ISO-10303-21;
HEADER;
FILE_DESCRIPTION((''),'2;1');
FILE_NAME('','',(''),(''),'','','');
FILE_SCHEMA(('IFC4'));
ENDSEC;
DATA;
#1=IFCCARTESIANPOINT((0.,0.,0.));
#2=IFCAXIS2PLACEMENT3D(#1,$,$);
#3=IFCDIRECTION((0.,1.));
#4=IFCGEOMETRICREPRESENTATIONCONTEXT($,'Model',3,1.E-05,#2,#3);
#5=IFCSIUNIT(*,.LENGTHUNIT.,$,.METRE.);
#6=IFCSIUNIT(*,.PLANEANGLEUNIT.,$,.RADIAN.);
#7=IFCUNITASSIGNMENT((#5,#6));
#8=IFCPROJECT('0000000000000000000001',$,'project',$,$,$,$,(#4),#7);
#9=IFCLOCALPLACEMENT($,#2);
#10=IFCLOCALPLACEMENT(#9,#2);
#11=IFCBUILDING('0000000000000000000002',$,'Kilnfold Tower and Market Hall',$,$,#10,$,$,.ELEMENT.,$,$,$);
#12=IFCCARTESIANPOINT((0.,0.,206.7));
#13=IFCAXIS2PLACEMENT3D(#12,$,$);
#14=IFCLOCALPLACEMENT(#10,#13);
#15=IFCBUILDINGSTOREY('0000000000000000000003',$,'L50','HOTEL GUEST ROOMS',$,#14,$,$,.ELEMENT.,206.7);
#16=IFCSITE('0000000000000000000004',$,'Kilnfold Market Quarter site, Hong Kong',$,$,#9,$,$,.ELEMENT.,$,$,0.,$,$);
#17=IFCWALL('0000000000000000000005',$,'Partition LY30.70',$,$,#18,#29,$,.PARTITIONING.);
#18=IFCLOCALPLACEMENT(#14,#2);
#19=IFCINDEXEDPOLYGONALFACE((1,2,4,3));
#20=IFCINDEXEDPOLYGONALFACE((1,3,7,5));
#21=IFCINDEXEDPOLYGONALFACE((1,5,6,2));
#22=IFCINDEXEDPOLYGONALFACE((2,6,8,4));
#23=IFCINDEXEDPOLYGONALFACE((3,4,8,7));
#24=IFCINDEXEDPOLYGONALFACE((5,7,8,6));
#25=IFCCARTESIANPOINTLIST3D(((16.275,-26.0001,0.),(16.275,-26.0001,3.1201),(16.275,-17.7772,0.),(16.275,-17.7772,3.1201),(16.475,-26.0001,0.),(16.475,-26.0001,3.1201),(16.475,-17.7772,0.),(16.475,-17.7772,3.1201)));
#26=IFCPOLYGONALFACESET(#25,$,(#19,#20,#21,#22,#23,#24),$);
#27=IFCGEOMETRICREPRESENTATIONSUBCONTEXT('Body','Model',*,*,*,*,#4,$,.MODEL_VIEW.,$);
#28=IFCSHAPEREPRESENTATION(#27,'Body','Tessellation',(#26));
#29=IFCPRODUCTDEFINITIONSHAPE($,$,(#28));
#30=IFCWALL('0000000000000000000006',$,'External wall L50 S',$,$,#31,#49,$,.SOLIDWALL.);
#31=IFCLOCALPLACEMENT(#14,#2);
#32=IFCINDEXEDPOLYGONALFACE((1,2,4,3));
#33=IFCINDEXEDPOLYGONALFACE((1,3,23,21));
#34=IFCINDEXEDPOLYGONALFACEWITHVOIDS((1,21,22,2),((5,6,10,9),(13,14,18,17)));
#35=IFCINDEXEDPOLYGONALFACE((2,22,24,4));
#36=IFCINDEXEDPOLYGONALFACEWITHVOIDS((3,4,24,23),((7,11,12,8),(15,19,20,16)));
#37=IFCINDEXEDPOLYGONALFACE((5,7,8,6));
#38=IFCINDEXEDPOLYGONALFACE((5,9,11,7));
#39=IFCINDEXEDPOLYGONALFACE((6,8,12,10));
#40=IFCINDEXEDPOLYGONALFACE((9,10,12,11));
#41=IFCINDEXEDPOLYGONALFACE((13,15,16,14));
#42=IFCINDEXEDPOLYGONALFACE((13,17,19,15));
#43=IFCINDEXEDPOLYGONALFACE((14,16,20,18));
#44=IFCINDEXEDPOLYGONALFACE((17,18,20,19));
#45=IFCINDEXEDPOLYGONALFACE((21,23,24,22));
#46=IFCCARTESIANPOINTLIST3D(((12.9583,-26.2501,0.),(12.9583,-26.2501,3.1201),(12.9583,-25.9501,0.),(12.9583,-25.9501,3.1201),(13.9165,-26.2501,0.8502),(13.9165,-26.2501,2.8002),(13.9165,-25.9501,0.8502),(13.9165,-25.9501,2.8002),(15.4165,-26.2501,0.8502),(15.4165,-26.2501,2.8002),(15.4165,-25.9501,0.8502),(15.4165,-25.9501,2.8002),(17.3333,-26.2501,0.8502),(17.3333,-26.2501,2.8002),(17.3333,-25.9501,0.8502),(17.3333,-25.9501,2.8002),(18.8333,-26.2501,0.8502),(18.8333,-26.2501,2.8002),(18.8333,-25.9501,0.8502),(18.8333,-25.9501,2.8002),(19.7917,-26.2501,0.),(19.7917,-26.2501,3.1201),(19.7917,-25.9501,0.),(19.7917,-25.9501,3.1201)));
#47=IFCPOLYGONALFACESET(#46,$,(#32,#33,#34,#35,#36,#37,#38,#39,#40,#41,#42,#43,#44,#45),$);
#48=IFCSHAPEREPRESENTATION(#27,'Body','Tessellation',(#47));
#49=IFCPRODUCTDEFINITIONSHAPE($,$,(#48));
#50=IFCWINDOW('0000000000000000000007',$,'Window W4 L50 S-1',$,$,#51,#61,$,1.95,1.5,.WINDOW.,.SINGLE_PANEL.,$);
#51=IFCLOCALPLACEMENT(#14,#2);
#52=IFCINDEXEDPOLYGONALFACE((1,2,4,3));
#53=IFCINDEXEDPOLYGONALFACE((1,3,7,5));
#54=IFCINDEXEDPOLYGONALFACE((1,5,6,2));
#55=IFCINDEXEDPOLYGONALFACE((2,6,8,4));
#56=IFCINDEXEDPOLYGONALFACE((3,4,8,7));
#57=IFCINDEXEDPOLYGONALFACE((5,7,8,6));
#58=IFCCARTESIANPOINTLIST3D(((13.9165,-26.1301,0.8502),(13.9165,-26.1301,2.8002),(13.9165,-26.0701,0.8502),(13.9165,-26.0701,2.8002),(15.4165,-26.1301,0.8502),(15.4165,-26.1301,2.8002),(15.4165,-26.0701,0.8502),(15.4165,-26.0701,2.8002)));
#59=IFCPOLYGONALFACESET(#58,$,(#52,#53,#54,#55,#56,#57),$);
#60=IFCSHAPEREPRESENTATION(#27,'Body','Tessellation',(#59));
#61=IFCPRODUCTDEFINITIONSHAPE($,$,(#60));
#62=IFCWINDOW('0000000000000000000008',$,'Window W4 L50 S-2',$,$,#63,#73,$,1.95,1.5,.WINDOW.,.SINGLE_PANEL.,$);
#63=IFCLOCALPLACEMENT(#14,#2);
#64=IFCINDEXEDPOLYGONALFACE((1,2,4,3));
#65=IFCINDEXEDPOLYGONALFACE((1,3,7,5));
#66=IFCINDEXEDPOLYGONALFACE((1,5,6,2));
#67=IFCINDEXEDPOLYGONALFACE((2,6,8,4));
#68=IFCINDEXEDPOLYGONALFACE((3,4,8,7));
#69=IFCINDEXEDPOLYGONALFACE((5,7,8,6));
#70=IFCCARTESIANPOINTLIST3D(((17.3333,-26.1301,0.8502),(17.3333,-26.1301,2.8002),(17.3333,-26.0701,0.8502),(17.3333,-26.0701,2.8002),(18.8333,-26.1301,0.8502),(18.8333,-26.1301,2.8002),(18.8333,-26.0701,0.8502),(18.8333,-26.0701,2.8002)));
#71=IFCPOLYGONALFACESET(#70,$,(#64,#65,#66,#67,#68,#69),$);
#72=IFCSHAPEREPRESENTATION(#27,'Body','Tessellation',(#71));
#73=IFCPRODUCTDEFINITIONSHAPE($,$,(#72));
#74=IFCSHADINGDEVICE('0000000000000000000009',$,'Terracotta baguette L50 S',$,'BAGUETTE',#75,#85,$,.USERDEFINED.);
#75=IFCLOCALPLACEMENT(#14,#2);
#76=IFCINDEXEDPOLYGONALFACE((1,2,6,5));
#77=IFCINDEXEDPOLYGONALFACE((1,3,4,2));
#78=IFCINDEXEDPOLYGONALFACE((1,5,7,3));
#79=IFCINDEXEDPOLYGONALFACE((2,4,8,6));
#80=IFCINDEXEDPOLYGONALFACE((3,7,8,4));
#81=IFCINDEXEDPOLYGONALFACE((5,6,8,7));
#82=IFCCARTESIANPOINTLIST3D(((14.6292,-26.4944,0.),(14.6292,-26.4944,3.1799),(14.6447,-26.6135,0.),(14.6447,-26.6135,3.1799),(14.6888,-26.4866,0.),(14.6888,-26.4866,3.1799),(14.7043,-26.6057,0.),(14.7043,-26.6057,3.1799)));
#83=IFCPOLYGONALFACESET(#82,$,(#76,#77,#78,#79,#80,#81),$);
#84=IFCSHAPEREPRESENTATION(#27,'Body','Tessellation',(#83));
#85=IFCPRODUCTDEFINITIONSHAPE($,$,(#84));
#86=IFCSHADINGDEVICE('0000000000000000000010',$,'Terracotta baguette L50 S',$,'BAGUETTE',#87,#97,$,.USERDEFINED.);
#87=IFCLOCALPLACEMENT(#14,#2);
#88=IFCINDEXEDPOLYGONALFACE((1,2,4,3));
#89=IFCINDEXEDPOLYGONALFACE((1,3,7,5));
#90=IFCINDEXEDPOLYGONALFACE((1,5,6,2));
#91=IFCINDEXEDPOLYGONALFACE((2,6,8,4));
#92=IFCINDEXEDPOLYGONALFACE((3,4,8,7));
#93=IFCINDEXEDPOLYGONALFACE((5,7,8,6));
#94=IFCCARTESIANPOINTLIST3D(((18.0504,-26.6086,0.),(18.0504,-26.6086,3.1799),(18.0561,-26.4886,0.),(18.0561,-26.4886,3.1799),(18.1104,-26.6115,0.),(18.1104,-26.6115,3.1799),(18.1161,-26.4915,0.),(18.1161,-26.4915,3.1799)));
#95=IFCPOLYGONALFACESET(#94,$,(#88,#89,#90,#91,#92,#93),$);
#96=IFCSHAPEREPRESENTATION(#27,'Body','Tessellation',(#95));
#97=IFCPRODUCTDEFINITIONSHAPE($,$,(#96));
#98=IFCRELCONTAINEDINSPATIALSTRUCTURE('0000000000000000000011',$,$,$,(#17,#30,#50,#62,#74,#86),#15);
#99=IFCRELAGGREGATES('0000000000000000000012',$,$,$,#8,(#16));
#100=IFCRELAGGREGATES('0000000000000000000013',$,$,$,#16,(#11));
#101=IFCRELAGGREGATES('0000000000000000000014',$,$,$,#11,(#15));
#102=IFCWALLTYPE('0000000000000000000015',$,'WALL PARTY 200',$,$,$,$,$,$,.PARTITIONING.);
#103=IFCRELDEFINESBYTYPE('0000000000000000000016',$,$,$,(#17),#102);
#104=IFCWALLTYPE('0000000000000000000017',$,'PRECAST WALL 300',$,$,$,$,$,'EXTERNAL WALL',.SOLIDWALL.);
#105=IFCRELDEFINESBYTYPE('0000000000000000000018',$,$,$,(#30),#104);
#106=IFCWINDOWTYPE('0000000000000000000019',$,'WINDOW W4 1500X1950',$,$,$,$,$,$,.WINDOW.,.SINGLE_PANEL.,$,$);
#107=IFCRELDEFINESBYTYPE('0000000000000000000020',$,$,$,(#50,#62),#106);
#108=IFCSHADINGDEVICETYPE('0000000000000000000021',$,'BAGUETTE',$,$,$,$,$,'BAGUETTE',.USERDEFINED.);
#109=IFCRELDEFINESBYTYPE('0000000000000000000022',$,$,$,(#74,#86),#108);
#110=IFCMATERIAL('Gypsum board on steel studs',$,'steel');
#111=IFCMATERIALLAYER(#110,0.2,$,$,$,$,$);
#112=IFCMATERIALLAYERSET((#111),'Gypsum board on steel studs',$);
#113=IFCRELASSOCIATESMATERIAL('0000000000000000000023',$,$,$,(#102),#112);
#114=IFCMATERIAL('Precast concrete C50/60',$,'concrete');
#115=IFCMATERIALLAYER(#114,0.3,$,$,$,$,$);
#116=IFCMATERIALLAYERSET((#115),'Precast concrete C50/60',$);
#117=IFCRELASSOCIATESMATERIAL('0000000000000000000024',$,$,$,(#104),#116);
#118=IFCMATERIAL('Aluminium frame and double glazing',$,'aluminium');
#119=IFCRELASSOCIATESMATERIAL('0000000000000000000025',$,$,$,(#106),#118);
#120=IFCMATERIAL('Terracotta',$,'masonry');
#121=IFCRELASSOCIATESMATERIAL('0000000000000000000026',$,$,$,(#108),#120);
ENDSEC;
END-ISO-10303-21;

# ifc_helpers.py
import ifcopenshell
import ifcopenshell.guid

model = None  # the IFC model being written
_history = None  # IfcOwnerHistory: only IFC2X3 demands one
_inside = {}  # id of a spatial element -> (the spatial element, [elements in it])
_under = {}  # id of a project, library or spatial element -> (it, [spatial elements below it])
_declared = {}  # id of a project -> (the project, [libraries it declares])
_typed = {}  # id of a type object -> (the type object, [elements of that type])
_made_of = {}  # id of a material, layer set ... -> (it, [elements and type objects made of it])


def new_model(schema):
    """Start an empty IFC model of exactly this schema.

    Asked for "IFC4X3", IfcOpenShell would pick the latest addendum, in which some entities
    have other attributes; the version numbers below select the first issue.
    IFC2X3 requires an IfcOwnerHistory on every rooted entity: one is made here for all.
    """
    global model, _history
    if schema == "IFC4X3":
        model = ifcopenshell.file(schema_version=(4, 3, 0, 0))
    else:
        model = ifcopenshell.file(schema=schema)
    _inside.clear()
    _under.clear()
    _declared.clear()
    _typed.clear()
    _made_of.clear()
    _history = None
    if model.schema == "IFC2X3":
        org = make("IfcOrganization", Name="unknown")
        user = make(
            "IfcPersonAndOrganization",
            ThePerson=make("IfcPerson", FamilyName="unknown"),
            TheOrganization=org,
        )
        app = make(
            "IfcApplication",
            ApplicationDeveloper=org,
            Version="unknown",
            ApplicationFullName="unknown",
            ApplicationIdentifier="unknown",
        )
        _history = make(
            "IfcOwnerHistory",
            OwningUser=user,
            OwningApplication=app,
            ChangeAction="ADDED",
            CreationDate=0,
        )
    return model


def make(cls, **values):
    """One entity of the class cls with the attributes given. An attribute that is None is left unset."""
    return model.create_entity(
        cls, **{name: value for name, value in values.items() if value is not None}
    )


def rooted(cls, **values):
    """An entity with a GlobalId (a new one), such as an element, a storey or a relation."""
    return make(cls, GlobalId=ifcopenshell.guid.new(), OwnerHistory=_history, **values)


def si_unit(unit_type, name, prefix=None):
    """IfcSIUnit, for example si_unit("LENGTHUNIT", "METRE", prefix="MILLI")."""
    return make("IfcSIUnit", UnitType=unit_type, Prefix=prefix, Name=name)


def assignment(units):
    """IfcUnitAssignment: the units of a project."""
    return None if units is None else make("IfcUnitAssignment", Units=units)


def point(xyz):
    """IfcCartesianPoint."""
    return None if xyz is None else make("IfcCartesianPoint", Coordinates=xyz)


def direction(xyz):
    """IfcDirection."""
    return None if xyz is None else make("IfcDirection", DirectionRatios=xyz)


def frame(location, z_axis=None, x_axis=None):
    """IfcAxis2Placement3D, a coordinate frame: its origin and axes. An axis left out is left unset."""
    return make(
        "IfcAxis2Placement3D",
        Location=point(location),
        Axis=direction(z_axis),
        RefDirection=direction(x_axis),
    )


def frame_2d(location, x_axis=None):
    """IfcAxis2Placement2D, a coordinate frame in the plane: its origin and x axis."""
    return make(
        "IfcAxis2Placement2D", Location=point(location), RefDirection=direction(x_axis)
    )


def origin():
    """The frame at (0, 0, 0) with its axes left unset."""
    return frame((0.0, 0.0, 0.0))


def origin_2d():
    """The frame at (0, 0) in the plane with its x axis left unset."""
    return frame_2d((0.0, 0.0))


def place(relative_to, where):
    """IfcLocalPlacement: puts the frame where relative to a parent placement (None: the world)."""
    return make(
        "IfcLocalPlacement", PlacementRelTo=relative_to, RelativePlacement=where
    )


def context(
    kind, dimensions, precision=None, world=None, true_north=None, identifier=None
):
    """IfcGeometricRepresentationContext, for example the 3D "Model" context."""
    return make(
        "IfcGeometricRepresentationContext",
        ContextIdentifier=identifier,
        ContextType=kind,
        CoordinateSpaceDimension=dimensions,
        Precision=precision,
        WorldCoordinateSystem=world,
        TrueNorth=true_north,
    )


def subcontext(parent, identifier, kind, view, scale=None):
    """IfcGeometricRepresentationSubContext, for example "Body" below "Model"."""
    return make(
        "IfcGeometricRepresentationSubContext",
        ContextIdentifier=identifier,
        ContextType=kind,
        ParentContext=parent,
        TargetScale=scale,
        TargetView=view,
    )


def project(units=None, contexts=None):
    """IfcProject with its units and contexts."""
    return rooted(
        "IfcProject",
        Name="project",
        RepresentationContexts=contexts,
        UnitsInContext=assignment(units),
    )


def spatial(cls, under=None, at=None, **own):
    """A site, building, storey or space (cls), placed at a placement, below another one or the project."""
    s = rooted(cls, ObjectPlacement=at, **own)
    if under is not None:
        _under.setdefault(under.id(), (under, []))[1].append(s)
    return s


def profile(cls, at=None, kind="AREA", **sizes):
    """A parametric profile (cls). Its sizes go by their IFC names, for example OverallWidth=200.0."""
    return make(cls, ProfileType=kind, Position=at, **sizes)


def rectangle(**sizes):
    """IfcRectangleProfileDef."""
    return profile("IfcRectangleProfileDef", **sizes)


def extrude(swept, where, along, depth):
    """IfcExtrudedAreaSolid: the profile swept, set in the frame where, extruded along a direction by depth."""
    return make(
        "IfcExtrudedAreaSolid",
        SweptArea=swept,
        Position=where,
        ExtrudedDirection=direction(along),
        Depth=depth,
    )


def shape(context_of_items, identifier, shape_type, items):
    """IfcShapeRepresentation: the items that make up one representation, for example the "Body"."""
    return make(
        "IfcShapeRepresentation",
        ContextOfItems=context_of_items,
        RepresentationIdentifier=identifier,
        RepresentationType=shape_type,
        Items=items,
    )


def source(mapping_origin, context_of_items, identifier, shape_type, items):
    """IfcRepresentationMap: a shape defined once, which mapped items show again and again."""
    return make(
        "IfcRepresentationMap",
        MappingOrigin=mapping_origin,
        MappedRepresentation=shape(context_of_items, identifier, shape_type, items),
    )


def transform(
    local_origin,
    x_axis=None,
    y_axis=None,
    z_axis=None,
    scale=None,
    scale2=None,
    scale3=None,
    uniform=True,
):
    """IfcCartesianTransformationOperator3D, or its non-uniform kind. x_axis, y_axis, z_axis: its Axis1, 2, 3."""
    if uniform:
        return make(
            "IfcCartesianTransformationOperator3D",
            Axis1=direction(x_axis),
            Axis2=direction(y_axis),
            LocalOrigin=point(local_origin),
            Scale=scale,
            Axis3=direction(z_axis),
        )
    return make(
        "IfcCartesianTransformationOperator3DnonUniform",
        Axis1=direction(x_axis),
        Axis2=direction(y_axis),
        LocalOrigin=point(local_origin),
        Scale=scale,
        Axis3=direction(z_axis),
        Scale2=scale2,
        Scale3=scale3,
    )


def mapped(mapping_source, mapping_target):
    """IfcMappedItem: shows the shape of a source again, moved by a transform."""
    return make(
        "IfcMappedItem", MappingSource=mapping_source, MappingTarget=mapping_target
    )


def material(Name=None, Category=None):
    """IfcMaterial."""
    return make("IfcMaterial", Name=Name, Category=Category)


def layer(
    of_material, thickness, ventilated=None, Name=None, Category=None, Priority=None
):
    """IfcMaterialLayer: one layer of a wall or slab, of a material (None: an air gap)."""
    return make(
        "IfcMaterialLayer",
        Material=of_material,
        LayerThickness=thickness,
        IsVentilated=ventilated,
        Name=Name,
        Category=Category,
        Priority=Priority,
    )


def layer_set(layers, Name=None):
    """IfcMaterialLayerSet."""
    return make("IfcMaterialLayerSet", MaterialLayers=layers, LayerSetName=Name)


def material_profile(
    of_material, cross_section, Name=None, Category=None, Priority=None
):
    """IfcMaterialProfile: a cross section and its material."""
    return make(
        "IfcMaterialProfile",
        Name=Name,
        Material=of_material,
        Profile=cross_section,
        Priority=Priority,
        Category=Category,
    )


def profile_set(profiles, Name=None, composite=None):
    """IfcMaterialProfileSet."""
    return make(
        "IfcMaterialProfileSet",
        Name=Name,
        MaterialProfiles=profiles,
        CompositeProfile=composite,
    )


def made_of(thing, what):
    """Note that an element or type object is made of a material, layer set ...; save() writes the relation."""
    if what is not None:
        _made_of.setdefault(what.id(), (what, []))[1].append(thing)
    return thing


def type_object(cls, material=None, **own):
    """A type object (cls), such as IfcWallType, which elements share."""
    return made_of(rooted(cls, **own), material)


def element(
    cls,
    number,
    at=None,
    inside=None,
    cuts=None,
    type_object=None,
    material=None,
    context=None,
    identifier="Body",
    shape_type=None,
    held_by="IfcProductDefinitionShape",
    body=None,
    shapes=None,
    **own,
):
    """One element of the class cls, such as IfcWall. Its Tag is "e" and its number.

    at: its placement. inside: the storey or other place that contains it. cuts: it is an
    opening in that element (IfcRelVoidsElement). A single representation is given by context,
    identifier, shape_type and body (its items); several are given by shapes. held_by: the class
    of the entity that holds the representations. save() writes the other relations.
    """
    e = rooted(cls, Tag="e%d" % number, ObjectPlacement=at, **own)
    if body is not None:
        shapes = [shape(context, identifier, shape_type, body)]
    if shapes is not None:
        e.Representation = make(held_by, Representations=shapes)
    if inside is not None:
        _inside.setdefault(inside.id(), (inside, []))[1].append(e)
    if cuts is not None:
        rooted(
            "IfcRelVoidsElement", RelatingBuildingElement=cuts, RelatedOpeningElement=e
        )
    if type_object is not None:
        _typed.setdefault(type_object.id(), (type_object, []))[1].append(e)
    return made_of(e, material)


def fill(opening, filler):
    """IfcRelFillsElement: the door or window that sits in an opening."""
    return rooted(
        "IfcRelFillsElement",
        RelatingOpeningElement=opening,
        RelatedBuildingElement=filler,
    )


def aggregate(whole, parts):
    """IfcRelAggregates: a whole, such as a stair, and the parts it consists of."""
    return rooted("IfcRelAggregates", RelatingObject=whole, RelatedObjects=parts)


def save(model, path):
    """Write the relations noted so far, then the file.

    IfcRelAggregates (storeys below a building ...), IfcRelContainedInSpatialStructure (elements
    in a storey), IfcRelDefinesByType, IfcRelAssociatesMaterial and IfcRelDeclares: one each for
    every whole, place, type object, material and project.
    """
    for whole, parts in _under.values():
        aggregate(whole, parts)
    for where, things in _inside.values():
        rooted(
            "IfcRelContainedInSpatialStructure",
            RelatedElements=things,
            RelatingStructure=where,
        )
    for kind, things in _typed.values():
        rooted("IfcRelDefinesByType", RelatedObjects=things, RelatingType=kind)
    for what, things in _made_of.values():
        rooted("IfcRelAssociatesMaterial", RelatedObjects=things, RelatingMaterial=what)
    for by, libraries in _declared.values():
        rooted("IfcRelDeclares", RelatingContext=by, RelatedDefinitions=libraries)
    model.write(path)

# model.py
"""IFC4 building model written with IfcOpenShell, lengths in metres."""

from ifc_helpers import new_model, si_unit, direction, frame, frame_2d, origin, origin_2d, place, context, subcontext, project, spatial, rectangle, extrude, source, transform, mapped, material, layer, layer_set, material_profile, profile_set, type_object, element, fill, save


model = new_model("IFC4")

# Units and contexts
model_context = context("Model", 3, precision=1e-05, world=origin(), true_north=direction((0.0, 1.0)))
body_context = subcontext(model_context, "Body", "Model", "MODEL_VIEW")
ifc_project = project(units=[si_unit("LENGTHUNIT", "METRE"), si_unit("PLANEANGLEUNIT", "RADIAN")], contexts=[model_context])

# Site, building, storey
site_placement = place(None, origin())
site = spatial("IfcSite", under=ifc_project, at=site_placement, Name="Kilnfold Market Quarter site, Hong Kong", CompositionType="ELEMENT", RefElevation=0.0)
building_placement = place(site_placement, origin())
building = spatial("IfcBuilding", under=site, at=building_placement, Name="Kilnfold Tower and Market Hall", CompositionType="ELEMENT")
storey_placement = place(building_placement, frame((0.0, 0.0, 206.7)))
storey = spatial("IfcBuildingStorey", under=building, at=storey_placement, Name="L50", Description="HOTEL GUEST ROOMS", CompositionType="ELEMENT", Elevation=206.7)

# Wall
ifc_material_1 = material(Name="Gypsum board on steel studs", Category="steel")
ifc_layer_1 = layer(ifc_material_1, 0.2)
ifc_layer_set_1 = layer_set([ifc_layer_1], Name="Gypsum board on steel studs")
wall_type_1 = type_object("IfcWallType", Name="WALL PARTY 200", PredefinedType="PARTITIONING", material=ifc_layer_set_1)
wall_1_placement = place(storey_placement, frame((16.375, -26.0, 0.0), z_axis=(0.0, 0.0, 1.0), x_axis=(0.0, 1.0, 0.0)))
element("IfcWall", 1, at=wall_1_placement, inside=storey, type_object=wall_type_1, Name="Partition LY30.70", PredefinedType="PARTITIONING", context=body_context, shape_type="SweptSolid", body=[
    extrude(rectangle(XDim=8.2229, YDim=0.2, at=frame_2d((4.1113, 0.0))), origin(), (0.0, 0.0, 1.0), 3.1201),
])

# Wall, openings, windows
ifc_material_2 = material(Name="Precast concrete C50/60", Category="concrete")
ifc_layer_2 = layer(ifc_material_2, 0.3)
ifc_layer_set_2 = layer_set([ifc_layer_2], Name="Precast concrete C50/60")
wall_type_2 = type_object("IfcWallType", Name="PRECAST WALL 300", ElementType="EXTERNAL WALL", PredefinedType="SOLIDWALL", material=ifc_layer_set_2)
shared_shape_1 = source(origin(), body_context, "Body", "SweptSolid", [
    extrude(rectangle(XDim=6.8335, YDim=0.3, at=frame_2d((3.4167, 0.0))), origin(), (0.0, 0.0, 1.0), 3.1201),
])
wall_2_placement = place(storey_placement, frame((12.9583, -26.1001, 0.0), z_axis=(0.0, 0.0, 1.0), x_axis=(1.0, 0.0, 0.0)))
wall_2 = element("IfcWall", 2, at=wall_2_placement, inside=storey, type_object=wall_type_2, Name="External wall L50 S", PredefinedType="SOLIDWALL", context=body_context, shape_type="MappedRepresentation", body=[
    mapped(shared_shape_1, transform((0.0, 0.0, 0.0))),
])
opening_1_placement = place(wall_2_placement, frame((0.9583, 0.0, 0.8501)))
opening_1 = element("IfcOpeningElement", 3, at=opening_1_placement, cuts=wall_2, PredefinedType="OPENING", context=body_context, shape_type="SweptSolid", body=[
    extrude(rectangle(XDim=1.5, YDim=1.95, at=frame_2d((0.75, 0.9751))), frame((0.0, 0.1602, 0.0), z_axis=(0.0, -1.0, 0.0), x_axis=(1.0, 0.0, 0.0)), (0.0, 0.0, 1.0), 0.3201),
])
opening_2_placement = place(wall_2_placement, frame((4.375, 0.0, 0.8501)))
opening_2 = element("IfcOpeningElement", 4, at=opening_2_placement, cuts=wall_2, PredefinedType="OPENING", context=body_context, shape_type="SweptSolid", body=[
    extrude(rectangle(XDim=1.5, YDim=1.95, at=frame_2d((0.75, 0.9751))), frame((0.0, 0.1602, 0.0), z_axis=(0.0, -1.0, 0.0), x_axis=(1.0, 0.0, 0.0)), (0.0, 0.0, 1.0), 0.3201),
])
ifc_material_3 = material(Name="Aluminium frame and double glazing", Category="aluminium")
window_type = type_object("IfcWindowType", Name="WINDOW W4 1500X1950", PartitioningType="SINGLE_PANEL", PredefinedType="WINDOW", material=ifc_material_3)
window_1_placement = place(opening_1_placement, origin())
window_1 = element("IfcWindow", 5, at=window_1_placement, inside=storey, type_object=window_type, Name="Window W4 L50 S-1", OverallHeight=1.95, OverallWidth=1.5, PartitioningType="SINGLE_PANEL", PredefinedType="WINDOW", context=body_context, shape_type="SweptSolid", body=[
    extrude(rectangle(XDim=1.5, YDim=1.95, at=frame_2d((0.75, 0.9751))), frame((0.0, 0.03, 0.0), z_axis=(0.0, -1.0, 0.0), x_axis=(1.0, 0.0, 0.0)), (0.0, 0.0, 1.0), 0.0601),
])
fill(opening_1, window_1)
window_2_placement = place(opening_2_placement, origin())
window_2 = element("IfcWindow", 6, at=window_2_placement, inside=storey, type_object=window_type, Name="Window W4 L50 S-2", OverallHeight=1.95, OverallWidth=1.5, PartitioningType="SINGLE_PANEL", PredefinedType="WINDOW", context=body_context, shape_type="SweptSolid", body=[
    extrude(rectangle(XDim=1.5, YDim=1.95, at=frame_2d((0.75, 0.9751))), frame((0.0, 0.03, 0.0), z_axis=(0.0, -1.0, 0.0), x_axis=(1.0, 0.0, 0.0)), (0.0, 0.0, 1.0), 0.0601),
])
fill(opening_2, window_2)

# Shading devices
ifc_material_4 = material(Name="Terracotta", Category="masonry")
ifc_material_profile_1 = material_profile(ifc_material_4, rectangle(XDim=0.0601, YDim=0.1201, at=origin_2d()), Name="BAG 60x120")
ifc_profile_set_1 = profile_set([ifc_material_profile_1], Name="Terracotta")
shading_device_type = type_object("IfcShadingDeviceType", Name="BAGUETTE", ElementType="BAGUETTE", PredefinedType="USERDEFINED", material=ifc_profile_set_1)
shared_shape_2 = source(origin(), body_context, "Body", "SweptSolid", [
    extrude(rectangle(XDim=0.0601, YDim=0.1201, at=origin_2d()), origin(), (0.0, 0.0, 1.0), 3.1799),
])
for number, where, z_axis, x_axis, name in (
    (7, (14.6667, -26.55, 0.0), (0.0, 0.0, 1.0), (0.991647, 0.128979, 0.0), "Terracotta baguette L50 S"),
    (8, (18.0833, -26.55, 0.0), (0.0, 0.0, 1.0), (0.998861, -0.047711, 0.0), "Terracotta baguette L50 S"),
):
    element("IfcShadingDevice", number, at=place(storey_placement, frame(where, z_axis=z_axis, x_axis=x_axis)), inside=storey, type_object=shading_device_type, Name=name, ObjectType="BAGUETTE", PredefinedType="USERDEFINED", context=body_context, shape_type="MappedRepresentation", body=[
        mapped(shared_shape_2, transform((0.0, 0.0, 0.0))),
    ])

save(model, "model.ifc")
